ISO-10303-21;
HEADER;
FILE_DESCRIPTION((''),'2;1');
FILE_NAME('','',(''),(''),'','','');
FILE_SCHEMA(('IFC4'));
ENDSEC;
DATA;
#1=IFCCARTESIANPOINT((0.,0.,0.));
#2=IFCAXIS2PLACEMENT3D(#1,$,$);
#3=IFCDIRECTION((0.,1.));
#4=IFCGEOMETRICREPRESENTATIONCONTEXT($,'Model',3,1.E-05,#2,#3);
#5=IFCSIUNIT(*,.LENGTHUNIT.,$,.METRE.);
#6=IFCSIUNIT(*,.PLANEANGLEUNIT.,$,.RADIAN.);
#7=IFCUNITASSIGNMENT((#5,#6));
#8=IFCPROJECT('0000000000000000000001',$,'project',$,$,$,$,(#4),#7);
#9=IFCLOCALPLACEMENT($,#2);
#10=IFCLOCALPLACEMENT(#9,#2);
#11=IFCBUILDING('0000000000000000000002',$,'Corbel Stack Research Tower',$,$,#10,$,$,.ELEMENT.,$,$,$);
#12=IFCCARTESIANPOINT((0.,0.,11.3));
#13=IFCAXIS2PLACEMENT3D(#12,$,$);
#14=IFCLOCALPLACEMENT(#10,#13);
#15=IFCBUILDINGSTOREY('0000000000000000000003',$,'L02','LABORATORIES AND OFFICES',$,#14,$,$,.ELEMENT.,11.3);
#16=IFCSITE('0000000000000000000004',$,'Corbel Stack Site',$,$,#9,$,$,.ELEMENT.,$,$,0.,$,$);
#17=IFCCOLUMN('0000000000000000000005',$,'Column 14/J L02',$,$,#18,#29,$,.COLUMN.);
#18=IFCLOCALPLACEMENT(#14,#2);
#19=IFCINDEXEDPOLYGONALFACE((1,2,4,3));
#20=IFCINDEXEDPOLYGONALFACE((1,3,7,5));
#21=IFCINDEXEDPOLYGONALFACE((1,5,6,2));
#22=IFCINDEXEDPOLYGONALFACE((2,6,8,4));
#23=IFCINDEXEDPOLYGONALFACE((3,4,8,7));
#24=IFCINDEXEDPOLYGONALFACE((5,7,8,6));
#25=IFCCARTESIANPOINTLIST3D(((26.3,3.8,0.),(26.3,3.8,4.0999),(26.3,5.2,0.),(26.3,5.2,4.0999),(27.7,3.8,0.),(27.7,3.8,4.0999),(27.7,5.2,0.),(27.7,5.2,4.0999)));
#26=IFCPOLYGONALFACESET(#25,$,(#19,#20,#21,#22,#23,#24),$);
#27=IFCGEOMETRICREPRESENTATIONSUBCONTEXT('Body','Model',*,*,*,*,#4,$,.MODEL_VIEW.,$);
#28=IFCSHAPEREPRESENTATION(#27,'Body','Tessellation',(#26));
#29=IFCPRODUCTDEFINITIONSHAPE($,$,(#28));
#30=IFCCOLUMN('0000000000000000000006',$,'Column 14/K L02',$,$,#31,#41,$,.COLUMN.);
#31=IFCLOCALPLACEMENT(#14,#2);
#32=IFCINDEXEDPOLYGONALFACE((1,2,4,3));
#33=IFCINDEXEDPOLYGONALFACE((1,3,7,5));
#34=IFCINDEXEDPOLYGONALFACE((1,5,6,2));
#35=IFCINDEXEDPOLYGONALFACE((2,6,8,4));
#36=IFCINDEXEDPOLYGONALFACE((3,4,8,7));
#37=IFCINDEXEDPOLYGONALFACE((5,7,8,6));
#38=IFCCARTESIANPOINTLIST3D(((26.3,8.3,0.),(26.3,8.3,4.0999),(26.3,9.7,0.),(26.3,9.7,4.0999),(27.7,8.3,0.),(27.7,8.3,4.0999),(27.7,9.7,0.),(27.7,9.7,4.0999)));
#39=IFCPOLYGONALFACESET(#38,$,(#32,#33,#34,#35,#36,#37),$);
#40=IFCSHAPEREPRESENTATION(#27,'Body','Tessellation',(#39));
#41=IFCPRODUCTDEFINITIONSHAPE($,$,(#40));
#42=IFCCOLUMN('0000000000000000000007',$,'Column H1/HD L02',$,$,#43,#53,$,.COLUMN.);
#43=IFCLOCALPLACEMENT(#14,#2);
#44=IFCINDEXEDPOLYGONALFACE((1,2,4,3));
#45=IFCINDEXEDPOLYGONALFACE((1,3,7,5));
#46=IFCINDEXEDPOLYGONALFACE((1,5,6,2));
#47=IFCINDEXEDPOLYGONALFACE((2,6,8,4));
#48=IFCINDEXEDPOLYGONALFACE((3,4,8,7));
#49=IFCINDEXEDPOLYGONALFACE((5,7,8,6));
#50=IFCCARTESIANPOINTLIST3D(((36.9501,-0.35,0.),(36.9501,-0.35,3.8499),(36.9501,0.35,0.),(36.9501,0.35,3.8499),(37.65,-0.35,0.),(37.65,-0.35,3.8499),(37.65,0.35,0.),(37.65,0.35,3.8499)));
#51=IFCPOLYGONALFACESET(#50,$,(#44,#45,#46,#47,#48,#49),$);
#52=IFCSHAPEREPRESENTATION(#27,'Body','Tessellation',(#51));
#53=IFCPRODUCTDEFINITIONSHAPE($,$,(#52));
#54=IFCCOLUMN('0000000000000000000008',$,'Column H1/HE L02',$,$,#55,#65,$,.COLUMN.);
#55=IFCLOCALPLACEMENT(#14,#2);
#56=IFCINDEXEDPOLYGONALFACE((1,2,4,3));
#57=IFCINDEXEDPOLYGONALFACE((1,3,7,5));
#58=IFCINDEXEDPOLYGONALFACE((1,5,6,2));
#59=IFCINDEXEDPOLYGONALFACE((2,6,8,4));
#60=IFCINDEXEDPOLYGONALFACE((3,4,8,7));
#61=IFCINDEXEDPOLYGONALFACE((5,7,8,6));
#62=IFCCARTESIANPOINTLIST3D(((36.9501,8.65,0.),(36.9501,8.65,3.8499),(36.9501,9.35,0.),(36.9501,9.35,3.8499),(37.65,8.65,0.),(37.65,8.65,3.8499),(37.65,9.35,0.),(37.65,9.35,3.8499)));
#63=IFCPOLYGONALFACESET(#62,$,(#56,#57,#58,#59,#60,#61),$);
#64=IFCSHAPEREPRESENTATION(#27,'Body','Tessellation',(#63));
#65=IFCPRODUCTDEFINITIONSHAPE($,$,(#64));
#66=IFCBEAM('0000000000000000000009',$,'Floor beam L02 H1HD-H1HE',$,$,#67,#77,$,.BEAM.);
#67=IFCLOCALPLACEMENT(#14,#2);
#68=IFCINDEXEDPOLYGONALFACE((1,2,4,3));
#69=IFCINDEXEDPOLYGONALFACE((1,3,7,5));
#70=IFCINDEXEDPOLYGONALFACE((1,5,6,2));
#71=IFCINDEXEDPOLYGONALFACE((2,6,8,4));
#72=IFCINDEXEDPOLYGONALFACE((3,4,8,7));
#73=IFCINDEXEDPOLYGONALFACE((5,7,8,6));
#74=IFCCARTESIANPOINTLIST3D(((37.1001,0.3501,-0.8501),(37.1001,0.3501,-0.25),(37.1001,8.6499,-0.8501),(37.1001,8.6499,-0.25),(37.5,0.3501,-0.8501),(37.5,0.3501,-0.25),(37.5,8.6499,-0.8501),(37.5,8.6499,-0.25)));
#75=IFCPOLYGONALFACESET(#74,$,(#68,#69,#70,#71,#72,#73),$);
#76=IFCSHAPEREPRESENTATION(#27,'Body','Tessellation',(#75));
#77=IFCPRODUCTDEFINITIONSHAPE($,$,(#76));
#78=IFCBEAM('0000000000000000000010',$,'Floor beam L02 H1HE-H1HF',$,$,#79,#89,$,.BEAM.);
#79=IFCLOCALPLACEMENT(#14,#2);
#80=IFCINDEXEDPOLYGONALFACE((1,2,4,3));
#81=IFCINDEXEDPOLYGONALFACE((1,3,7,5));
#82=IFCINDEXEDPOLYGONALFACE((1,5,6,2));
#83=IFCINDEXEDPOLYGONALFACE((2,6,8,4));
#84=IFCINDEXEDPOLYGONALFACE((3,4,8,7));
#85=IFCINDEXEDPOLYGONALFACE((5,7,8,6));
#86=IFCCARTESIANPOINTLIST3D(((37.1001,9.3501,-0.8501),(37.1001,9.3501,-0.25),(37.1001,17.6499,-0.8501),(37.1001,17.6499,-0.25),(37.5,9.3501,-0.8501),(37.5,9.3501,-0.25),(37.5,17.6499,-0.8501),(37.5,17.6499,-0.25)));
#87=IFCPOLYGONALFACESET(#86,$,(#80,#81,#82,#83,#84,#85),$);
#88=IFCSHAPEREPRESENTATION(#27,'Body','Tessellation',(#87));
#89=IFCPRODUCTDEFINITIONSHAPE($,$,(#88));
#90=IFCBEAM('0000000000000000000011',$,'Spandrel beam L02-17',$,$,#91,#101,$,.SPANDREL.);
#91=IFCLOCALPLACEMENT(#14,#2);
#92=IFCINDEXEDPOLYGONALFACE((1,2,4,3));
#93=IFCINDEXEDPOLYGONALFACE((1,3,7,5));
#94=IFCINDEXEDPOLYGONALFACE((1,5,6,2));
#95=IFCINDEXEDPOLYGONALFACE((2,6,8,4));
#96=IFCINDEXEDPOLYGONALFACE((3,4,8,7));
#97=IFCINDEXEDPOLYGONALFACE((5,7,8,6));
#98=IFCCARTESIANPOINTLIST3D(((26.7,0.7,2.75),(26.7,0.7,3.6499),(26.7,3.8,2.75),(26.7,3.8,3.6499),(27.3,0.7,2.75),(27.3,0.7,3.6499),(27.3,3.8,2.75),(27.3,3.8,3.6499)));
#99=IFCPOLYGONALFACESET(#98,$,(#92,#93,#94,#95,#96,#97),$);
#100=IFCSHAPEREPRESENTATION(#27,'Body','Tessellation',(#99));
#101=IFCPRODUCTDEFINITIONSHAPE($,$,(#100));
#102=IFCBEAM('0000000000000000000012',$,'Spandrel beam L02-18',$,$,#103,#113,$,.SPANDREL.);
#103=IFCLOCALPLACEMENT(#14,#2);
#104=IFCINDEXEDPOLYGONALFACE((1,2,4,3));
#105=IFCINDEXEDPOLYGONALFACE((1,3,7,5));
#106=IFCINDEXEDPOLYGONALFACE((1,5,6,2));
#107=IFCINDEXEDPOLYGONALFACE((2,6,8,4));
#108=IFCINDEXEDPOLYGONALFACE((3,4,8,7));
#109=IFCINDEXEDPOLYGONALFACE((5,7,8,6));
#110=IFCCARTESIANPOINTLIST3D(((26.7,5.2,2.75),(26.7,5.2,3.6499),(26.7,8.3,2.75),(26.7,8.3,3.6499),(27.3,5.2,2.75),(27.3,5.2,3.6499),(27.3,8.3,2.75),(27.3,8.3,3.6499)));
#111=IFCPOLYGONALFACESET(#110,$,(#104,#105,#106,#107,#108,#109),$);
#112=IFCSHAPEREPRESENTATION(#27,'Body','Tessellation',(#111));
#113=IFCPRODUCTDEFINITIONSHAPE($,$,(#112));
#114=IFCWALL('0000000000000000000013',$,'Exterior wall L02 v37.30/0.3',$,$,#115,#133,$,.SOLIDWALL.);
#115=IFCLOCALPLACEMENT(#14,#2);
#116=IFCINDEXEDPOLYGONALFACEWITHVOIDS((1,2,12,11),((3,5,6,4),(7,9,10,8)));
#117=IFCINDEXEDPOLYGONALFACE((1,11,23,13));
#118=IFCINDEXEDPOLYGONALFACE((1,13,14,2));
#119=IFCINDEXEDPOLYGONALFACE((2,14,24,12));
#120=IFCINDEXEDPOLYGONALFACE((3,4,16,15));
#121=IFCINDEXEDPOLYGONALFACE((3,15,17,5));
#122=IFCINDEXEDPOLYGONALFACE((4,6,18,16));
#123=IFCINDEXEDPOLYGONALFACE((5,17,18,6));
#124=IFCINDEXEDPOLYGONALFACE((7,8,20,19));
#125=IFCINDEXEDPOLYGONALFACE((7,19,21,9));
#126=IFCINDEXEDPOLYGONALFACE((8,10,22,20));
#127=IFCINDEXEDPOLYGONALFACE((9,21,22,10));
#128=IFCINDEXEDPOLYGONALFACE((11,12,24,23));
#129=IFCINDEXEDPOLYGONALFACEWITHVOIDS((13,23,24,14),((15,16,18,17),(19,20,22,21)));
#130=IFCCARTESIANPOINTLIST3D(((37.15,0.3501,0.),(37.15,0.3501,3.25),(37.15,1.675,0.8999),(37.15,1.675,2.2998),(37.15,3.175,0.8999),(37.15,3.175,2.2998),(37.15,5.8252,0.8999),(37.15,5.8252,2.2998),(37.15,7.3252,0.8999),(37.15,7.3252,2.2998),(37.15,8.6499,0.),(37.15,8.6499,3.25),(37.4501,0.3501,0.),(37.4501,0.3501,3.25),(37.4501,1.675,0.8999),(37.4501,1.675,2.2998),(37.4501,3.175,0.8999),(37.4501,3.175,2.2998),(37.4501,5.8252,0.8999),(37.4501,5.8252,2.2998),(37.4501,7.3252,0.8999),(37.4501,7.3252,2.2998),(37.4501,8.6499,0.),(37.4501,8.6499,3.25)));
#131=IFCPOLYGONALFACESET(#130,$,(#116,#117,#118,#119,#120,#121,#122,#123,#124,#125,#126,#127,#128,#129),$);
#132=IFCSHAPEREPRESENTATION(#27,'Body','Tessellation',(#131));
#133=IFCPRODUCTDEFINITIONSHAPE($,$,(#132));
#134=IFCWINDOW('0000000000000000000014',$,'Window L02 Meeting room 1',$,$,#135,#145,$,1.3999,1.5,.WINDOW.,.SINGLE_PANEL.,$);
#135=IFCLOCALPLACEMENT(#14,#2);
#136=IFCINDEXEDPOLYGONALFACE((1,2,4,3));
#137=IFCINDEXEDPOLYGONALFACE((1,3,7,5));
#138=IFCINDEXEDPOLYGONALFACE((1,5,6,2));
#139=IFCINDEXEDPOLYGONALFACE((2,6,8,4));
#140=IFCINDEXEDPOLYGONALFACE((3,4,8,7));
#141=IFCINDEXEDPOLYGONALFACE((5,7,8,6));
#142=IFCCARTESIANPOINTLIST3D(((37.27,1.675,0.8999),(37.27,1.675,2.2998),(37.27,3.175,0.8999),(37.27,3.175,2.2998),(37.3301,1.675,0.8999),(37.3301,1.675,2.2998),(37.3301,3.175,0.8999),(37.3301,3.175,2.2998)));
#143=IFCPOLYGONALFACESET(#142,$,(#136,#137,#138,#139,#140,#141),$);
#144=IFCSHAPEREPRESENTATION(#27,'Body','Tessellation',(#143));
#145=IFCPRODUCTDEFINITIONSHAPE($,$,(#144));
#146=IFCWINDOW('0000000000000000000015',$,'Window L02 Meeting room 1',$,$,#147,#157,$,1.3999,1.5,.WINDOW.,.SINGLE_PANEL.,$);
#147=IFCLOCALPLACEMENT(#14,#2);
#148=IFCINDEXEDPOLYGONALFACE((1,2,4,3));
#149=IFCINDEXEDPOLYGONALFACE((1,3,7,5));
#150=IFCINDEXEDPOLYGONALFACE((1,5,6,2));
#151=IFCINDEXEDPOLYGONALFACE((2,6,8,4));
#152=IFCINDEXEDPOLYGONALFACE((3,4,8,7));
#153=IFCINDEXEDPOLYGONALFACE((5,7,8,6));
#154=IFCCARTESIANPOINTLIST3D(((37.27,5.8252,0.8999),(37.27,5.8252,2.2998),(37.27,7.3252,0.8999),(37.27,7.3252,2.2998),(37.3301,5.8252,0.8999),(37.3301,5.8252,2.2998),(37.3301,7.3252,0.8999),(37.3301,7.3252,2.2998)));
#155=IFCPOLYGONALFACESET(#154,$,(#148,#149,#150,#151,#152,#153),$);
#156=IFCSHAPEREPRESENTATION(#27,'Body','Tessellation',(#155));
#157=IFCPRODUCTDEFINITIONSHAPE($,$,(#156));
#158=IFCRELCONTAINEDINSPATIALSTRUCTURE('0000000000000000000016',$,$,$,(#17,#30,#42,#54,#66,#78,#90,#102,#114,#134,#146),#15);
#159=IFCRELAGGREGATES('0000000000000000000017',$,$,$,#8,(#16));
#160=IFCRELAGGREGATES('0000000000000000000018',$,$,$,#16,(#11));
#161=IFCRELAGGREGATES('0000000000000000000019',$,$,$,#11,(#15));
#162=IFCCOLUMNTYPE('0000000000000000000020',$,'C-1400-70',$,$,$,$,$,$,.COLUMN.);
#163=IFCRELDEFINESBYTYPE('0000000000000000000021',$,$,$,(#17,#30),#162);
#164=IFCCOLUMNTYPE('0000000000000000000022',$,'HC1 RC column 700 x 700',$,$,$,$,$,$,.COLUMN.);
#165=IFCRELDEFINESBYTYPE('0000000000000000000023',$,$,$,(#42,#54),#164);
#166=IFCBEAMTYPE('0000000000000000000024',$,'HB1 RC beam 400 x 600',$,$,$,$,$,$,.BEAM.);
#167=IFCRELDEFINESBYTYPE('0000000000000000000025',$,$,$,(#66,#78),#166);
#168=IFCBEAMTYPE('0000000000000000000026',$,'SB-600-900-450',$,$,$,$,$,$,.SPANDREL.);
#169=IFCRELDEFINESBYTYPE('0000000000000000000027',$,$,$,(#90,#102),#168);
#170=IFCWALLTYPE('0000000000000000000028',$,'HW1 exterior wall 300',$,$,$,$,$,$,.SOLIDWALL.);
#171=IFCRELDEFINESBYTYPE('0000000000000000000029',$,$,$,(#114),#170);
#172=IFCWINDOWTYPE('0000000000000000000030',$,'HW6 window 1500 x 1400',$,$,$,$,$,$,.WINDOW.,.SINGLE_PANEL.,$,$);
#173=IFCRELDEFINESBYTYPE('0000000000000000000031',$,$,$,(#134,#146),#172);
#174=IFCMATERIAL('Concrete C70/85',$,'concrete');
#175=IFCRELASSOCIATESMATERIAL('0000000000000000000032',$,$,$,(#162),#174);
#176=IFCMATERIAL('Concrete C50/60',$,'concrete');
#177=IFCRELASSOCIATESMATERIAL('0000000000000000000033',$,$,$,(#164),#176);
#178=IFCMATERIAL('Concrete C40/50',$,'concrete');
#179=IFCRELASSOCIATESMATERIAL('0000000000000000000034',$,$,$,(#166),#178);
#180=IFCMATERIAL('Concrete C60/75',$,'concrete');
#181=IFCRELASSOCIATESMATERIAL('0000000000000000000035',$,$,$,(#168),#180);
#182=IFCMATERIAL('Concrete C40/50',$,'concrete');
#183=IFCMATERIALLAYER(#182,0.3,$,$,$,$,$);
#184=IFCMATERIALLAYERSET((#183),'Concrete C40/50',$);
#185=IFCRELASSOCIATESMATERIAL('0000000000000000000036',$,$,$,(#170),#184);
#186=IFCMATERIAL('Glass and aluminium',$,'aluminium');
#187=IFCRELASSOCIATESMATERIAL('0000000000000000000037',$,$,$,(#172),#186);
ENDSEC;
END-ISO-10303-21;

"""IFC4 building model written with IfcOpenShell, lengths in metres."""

from ifc_helpers import new_model, si_unit, direction, frame, frame_2d, origin, origin_2d, place, context, subcontext, project, spatial, rectangle, extrude, material, layer, layer_set, material_profile, profile_set, type_object, element, fill, save


model = new_model("IFC4")

# Units and contexts
model_context = context("Model", 3, precision=1e-05, world=origin(), true_north=direction((0.0, 1.0)))
body_context = subcontext(model_context, "Body", "Model", "MODEL_VIEW")
ifc_project = project(units=[si_unit("LENGTHUNIT", "METRE"), si_unit("PLANEANGLEUNIT", "RADIAN")], contexts=[model_context])

# Site, building, storey
site_placement = place(None, origin())
site = spatial("IfcSite", under=ifc_project, at=site_placement, Name="Corbel Stack Site", CompositionType="ELEMENT", RefElevation=0.0)
building_placement = place(site_placement, origin())
building = spatial("IfcBuilding", under=site, at=building_placement, Name="Corbel Stack Research Tower", CompositionType="ELEMENT")
storey_placement = place(building_placement, frame((0.0, 0.0, 11.3)))
storey = spatial("IfcBuildingStorey", under=building, at=storey_placement, Name="L02", Description="LABORATORIES AND OFFICES", CompositionType="ELEMENT", Elevation=11.3)

# Columns
ifc_material_1 = material(Name="Concrete C70/85", Category="concrete")
ifc_material_profile_1 = material_profile(ifc_material_1, rectangle(XDim=1.3999, YDim=1.3999, at=origin_2d()), Name="RC 1400 x 1400")
ifc_profile_set_1 = profile_set([ifc_material_profile_1], Name="Concrete C70/85")
column_type_1 = type_object("IfcColumnType", Name="C-1400-70", PredefinedType="COLUMN", material=ifc_profile_set_1)
for number, where, z_axis, x_axis, name in (
    (1, (27.0, 4.5, 0.0), (0.0, 0.0, 1.0), (1.0, 0.0, 0.0), "Column 14/J L02"),
    (2, (27.0, 9.0, 0.0), (0.0, 0.0, 1.0), (1.0, 0.0, 0.0), "Column 14/K L02"),
):
    element("IfcColumn", number, at=place(storey_placement, frame(where, z_axis=z_axis, x_axis=x_axis)), inside=storey, type_object=column_type_1, Name=name, PredefinedType="COLUMN", context=body_context, shape_type="SweptSolid", body=[
        extrude(rectangle(XDim=1.3999, YDim=1.3999, at=origin_2d()), origin(), (0.0, 0.0, 1.0), 4.0999),
    ])
ifc_material_2 = material(Name="Concrete C50/60", Category="concrete")
ifc_material_profile_2 = material_profile(ifc_material_2, rectangle(XDim=0.7, YDim=0.7, at=origin_2d()), Name="RC 700 x 700")
ifc_profile_set_2 = profile_set([ifc_material_profile_2], Name="Concrete C50/60")
column_type_2 = type_object("IfcColumnType", Name="HC1 RC column 700 x 700", PredefinedType="COLUMN", material=ifc_profile_set_2)
for number, where, z_axis, x_axis, name in (
    (3, (37.3, 0.0, 0.0), (0.0, 0.0, 1.0), (1.0, 0.0, 0.0), "Column H1/HD L02"),
    (4, (37.3, 9.0, 0.0), (0.0, 0.0, 1.0), (1.0, 0.0, 0.0), "Column H1/HE L02"),
):
    element("IfcColumn", number, at=place(storey_placement, frame(where, z_axis=z_axis, x_axis=x_axis)), inside=storey, type_object=column_type_2, Name=name, PredefinedType="COLUMN", context=body_context, shape_type="SweptSolid", body=[
        extrude(rectangle(XDim=0.7, YDim=0.7, at=origin_2d()), origin(), (0.0, 0.0, 1.0), 3.8499),
    ])

# Beams
ifc_material_3 = material(Name="Concrete C40/50", Category="concrete")
ifc_material_profile_3 = material_profile(ifc_material_3, rectangle(XDim=0.3999, YDim=0.6001, at=origin_2d()), Name="RC 400 x 600")
ifc_profile_set_3 = profile_set([ifc_material_profile_3], Name="Concrete C40/50")
beam_type_1 = type_object("IfcBeamType", Name="HB1 RC beam 400 x 600", PredefinedType="BEAM", material=ifc_profile_set_3)
for number, where, z_axis, x_axis, name in (
    (5, (37.3, 0.3501, -0.55), (0.0, 1.0, 0.0), (-1.0, 0.0, 0.0), "Floor beam L02 H1HD-H1HE"),
    (6, (37.3, 9.3501, -0.55), (0.0, 1.0, 0.0), (-1.0, 0.0, 0.0), "Floor beam L02 H1HE-H1HF"),
):
    element("IfcBeam", number, at=place(storey_placement, frame(where, z_axis=z_axis, x_axis=x_axis)), inside=storey, type_object=beam_type_1, Name=name, PredefinedType="BEAM", context=body_context, shape_type="SweptSolid", body=[
        extrude(rectangle(XDim=0.3999, YDim=0.6001, at=origin_2d()), origin(), (0.0, 0.0, 1.0), 8.2998),
    ])
ifc_material_4 = material(Name="Concrete C60/75", Category="concrete")
ifc_material_profile_4 = material_profile(ifc_material_4, rectangle(XDim=0.6001, YDim=0.8999, at=origin_2d()), Name="RC 600 x 900")
ifc_profile_set_4 = profile_set([ifc_material_profile_4], Name="Concrete C60/75")
beam_type_2 = type_object("IfcBeamType", Name="SB-600-900-450", PredefinedType="SPANDREL", material=ifc_profile_set_4)
for number, where, z_axis, x_axis, name in (
    (7, (27.0, 0.7, 3.2), (0.0, 1.0, 0.0), (-1.0, 0.0, 0.0), "Spandrel beam L02-17"),
    (8, (27.0, 5.2, 3.2), (0.0, 1.0, 0.0), (-1.0, 0.0, 0.0), "Spandrel beam L02-18"),
):
    element("IfcBeam", number, at=place(storey_placement, frame(where, z_axis=z_axis, x_axis=x_axis)), inside=storey, type_object=beam_type_2, Name=name, PredefinedType="SPANDREL", context=body_context, shape_type="SweptSolid", body=[
        extrude(rectangle(XDim=0.6001, YDim=0.8999, at=origin_2d()), origin(), (0.0, 0.0, 1.0), 3.1001),
    ])

# Wall, openings, windows
ifc_material_5 = material(Name="Concrete C40/50", Category="concrete")
ifc_layer_1 = layer(ifc_material_5, 0.3)
ifc_layer_set_1 = layer_set([ifc_layer_1], Name="Concrete C40/50")
wall_type_1 = type_object("IfcWallType", Name="HW1 exterior wall 300", PredefinedType="SOLIDWALL", material=ifc_layer_set_1)
wall_1_placement = place(storey_placement, frame((37.3, 0.3501, 0.0), z_axis=(0.0, 0.0, 1.0), x_axis=(0.0, 1.0, 0.0)))
wall_1 = element("IfcWall", 9, at=wall_1_placement, inside=storey, type_object=wall_type_1, Name="Exterior wall L02 v37.30/0.3", PredefinedType="SOLIDWALL", context=body_context, shape_type="SweptSolid", body=[
    extrude(rectangle(XDim=8.2998, YDim=0.3, at=frame_2d((4.1499, 0.0))), origin(), (0.0, 0.0, 1.0), 3.25),
])
opening_1_placement = place(wall_1_placement, frame((1.325, 0.0, 0.8999)))
opening_1 = element("IfcOpeningElement", 10, at=opening_1_placement, cuts=wall_1, PredefinedType="OPENING", context=body_context, shape_type="SweptSolid", body=[
    extrude(rectangle(XDim=1.5, YDim=1.3999, at=frame_2d((0.75, 0.7))), frame((0.0, 0.1599, 0.0), z_axis=(0.0, -1.0, 0.0), x_axis=(1.0, 0.0, 0.0)), (0.0, 0.0, 1.0), 0.3201),
])
opening_2_placement = place(wall_1_placement, frame((5.4751, 0.0, 0.8999)))
opening_2 = element("IfcOpeningElement", 11, at=opening_2_placement, cuts=wall_1, PredefinedType="OPENING", context=body_context, shape_type="SweptSolid", body=[
    extrude(rectangle(XDim=1.5, YDim=1.3999, at=frame_2d((0.75, 0.7))), frame((0.0, 0.1599, 0.0), z_axis=(0.0, -1.0, 0.0), x_axis=(1.0, 0.0, 0.0)), (0.0, 0.0, 1.0), 0.3201),
])
ifc_material_6 = material(Name="Glass and aluminium", Category="aluminium")
window_type_1 = type_object("IfcWindowType", Name="HW6 window 1500 x 1400", PartitioningType="SINGLE_PANEL", PredefinedType="WINDOW", material=ifc_material_6)
window_1_placement = place(opening_1_placement, origin())
window_1 = element("IfcWindow", 12, at=window_1_placement, inside=storey, type_object=window_type_1, Name="Window L02 Meeting room 1", OverallHeight=1.3999, OverallWidth=1.5, PartitioningType="SINGLE_PANEL", PredefinedType="WINDOW", context=body_context, shape_type="SweptSolid", body=[
    extrude(rectangle(XDim=1.5, YDim=1.3999, at=frame_2d((0.75, 0.7))), frame((0.0, 0.03, 0.0), z_axis=(0.0, -1.0, 0.0), x_axis=(1.0, 0.0, 0.0)), (0.0, 0.0, 1.0), 0.0601),
])
fill(opening_1, window_1)
window_2_placement = place(opening_2_placement, origin())
window_2 = element("IfcWindow", 13, at=window_2_placement, inside=storey, type_object=window_type_1, Name="Window L02 Meeting room 1", OverallHeight=1.3999, OverallWidth=1.5, PartitioningType="SINGLE_PANEL", PredefinedType="WINDOW", context=body_context, shape_type="SweptSolid", body=[
    extrude(rectangle(XDim=1.5, YDim=1.3999, at=frame_2d((0.75, 0.7))), frame((0.0, 0.03, 0.0), z_axis=(0.0, -1.0, 0.0), x_axis=(1.0, 0.0, 0.0)), (0.0, 0.0, 1.0), 0.0601),
])
fill(opening_2, window_2)

save(model, "model.ifc")
